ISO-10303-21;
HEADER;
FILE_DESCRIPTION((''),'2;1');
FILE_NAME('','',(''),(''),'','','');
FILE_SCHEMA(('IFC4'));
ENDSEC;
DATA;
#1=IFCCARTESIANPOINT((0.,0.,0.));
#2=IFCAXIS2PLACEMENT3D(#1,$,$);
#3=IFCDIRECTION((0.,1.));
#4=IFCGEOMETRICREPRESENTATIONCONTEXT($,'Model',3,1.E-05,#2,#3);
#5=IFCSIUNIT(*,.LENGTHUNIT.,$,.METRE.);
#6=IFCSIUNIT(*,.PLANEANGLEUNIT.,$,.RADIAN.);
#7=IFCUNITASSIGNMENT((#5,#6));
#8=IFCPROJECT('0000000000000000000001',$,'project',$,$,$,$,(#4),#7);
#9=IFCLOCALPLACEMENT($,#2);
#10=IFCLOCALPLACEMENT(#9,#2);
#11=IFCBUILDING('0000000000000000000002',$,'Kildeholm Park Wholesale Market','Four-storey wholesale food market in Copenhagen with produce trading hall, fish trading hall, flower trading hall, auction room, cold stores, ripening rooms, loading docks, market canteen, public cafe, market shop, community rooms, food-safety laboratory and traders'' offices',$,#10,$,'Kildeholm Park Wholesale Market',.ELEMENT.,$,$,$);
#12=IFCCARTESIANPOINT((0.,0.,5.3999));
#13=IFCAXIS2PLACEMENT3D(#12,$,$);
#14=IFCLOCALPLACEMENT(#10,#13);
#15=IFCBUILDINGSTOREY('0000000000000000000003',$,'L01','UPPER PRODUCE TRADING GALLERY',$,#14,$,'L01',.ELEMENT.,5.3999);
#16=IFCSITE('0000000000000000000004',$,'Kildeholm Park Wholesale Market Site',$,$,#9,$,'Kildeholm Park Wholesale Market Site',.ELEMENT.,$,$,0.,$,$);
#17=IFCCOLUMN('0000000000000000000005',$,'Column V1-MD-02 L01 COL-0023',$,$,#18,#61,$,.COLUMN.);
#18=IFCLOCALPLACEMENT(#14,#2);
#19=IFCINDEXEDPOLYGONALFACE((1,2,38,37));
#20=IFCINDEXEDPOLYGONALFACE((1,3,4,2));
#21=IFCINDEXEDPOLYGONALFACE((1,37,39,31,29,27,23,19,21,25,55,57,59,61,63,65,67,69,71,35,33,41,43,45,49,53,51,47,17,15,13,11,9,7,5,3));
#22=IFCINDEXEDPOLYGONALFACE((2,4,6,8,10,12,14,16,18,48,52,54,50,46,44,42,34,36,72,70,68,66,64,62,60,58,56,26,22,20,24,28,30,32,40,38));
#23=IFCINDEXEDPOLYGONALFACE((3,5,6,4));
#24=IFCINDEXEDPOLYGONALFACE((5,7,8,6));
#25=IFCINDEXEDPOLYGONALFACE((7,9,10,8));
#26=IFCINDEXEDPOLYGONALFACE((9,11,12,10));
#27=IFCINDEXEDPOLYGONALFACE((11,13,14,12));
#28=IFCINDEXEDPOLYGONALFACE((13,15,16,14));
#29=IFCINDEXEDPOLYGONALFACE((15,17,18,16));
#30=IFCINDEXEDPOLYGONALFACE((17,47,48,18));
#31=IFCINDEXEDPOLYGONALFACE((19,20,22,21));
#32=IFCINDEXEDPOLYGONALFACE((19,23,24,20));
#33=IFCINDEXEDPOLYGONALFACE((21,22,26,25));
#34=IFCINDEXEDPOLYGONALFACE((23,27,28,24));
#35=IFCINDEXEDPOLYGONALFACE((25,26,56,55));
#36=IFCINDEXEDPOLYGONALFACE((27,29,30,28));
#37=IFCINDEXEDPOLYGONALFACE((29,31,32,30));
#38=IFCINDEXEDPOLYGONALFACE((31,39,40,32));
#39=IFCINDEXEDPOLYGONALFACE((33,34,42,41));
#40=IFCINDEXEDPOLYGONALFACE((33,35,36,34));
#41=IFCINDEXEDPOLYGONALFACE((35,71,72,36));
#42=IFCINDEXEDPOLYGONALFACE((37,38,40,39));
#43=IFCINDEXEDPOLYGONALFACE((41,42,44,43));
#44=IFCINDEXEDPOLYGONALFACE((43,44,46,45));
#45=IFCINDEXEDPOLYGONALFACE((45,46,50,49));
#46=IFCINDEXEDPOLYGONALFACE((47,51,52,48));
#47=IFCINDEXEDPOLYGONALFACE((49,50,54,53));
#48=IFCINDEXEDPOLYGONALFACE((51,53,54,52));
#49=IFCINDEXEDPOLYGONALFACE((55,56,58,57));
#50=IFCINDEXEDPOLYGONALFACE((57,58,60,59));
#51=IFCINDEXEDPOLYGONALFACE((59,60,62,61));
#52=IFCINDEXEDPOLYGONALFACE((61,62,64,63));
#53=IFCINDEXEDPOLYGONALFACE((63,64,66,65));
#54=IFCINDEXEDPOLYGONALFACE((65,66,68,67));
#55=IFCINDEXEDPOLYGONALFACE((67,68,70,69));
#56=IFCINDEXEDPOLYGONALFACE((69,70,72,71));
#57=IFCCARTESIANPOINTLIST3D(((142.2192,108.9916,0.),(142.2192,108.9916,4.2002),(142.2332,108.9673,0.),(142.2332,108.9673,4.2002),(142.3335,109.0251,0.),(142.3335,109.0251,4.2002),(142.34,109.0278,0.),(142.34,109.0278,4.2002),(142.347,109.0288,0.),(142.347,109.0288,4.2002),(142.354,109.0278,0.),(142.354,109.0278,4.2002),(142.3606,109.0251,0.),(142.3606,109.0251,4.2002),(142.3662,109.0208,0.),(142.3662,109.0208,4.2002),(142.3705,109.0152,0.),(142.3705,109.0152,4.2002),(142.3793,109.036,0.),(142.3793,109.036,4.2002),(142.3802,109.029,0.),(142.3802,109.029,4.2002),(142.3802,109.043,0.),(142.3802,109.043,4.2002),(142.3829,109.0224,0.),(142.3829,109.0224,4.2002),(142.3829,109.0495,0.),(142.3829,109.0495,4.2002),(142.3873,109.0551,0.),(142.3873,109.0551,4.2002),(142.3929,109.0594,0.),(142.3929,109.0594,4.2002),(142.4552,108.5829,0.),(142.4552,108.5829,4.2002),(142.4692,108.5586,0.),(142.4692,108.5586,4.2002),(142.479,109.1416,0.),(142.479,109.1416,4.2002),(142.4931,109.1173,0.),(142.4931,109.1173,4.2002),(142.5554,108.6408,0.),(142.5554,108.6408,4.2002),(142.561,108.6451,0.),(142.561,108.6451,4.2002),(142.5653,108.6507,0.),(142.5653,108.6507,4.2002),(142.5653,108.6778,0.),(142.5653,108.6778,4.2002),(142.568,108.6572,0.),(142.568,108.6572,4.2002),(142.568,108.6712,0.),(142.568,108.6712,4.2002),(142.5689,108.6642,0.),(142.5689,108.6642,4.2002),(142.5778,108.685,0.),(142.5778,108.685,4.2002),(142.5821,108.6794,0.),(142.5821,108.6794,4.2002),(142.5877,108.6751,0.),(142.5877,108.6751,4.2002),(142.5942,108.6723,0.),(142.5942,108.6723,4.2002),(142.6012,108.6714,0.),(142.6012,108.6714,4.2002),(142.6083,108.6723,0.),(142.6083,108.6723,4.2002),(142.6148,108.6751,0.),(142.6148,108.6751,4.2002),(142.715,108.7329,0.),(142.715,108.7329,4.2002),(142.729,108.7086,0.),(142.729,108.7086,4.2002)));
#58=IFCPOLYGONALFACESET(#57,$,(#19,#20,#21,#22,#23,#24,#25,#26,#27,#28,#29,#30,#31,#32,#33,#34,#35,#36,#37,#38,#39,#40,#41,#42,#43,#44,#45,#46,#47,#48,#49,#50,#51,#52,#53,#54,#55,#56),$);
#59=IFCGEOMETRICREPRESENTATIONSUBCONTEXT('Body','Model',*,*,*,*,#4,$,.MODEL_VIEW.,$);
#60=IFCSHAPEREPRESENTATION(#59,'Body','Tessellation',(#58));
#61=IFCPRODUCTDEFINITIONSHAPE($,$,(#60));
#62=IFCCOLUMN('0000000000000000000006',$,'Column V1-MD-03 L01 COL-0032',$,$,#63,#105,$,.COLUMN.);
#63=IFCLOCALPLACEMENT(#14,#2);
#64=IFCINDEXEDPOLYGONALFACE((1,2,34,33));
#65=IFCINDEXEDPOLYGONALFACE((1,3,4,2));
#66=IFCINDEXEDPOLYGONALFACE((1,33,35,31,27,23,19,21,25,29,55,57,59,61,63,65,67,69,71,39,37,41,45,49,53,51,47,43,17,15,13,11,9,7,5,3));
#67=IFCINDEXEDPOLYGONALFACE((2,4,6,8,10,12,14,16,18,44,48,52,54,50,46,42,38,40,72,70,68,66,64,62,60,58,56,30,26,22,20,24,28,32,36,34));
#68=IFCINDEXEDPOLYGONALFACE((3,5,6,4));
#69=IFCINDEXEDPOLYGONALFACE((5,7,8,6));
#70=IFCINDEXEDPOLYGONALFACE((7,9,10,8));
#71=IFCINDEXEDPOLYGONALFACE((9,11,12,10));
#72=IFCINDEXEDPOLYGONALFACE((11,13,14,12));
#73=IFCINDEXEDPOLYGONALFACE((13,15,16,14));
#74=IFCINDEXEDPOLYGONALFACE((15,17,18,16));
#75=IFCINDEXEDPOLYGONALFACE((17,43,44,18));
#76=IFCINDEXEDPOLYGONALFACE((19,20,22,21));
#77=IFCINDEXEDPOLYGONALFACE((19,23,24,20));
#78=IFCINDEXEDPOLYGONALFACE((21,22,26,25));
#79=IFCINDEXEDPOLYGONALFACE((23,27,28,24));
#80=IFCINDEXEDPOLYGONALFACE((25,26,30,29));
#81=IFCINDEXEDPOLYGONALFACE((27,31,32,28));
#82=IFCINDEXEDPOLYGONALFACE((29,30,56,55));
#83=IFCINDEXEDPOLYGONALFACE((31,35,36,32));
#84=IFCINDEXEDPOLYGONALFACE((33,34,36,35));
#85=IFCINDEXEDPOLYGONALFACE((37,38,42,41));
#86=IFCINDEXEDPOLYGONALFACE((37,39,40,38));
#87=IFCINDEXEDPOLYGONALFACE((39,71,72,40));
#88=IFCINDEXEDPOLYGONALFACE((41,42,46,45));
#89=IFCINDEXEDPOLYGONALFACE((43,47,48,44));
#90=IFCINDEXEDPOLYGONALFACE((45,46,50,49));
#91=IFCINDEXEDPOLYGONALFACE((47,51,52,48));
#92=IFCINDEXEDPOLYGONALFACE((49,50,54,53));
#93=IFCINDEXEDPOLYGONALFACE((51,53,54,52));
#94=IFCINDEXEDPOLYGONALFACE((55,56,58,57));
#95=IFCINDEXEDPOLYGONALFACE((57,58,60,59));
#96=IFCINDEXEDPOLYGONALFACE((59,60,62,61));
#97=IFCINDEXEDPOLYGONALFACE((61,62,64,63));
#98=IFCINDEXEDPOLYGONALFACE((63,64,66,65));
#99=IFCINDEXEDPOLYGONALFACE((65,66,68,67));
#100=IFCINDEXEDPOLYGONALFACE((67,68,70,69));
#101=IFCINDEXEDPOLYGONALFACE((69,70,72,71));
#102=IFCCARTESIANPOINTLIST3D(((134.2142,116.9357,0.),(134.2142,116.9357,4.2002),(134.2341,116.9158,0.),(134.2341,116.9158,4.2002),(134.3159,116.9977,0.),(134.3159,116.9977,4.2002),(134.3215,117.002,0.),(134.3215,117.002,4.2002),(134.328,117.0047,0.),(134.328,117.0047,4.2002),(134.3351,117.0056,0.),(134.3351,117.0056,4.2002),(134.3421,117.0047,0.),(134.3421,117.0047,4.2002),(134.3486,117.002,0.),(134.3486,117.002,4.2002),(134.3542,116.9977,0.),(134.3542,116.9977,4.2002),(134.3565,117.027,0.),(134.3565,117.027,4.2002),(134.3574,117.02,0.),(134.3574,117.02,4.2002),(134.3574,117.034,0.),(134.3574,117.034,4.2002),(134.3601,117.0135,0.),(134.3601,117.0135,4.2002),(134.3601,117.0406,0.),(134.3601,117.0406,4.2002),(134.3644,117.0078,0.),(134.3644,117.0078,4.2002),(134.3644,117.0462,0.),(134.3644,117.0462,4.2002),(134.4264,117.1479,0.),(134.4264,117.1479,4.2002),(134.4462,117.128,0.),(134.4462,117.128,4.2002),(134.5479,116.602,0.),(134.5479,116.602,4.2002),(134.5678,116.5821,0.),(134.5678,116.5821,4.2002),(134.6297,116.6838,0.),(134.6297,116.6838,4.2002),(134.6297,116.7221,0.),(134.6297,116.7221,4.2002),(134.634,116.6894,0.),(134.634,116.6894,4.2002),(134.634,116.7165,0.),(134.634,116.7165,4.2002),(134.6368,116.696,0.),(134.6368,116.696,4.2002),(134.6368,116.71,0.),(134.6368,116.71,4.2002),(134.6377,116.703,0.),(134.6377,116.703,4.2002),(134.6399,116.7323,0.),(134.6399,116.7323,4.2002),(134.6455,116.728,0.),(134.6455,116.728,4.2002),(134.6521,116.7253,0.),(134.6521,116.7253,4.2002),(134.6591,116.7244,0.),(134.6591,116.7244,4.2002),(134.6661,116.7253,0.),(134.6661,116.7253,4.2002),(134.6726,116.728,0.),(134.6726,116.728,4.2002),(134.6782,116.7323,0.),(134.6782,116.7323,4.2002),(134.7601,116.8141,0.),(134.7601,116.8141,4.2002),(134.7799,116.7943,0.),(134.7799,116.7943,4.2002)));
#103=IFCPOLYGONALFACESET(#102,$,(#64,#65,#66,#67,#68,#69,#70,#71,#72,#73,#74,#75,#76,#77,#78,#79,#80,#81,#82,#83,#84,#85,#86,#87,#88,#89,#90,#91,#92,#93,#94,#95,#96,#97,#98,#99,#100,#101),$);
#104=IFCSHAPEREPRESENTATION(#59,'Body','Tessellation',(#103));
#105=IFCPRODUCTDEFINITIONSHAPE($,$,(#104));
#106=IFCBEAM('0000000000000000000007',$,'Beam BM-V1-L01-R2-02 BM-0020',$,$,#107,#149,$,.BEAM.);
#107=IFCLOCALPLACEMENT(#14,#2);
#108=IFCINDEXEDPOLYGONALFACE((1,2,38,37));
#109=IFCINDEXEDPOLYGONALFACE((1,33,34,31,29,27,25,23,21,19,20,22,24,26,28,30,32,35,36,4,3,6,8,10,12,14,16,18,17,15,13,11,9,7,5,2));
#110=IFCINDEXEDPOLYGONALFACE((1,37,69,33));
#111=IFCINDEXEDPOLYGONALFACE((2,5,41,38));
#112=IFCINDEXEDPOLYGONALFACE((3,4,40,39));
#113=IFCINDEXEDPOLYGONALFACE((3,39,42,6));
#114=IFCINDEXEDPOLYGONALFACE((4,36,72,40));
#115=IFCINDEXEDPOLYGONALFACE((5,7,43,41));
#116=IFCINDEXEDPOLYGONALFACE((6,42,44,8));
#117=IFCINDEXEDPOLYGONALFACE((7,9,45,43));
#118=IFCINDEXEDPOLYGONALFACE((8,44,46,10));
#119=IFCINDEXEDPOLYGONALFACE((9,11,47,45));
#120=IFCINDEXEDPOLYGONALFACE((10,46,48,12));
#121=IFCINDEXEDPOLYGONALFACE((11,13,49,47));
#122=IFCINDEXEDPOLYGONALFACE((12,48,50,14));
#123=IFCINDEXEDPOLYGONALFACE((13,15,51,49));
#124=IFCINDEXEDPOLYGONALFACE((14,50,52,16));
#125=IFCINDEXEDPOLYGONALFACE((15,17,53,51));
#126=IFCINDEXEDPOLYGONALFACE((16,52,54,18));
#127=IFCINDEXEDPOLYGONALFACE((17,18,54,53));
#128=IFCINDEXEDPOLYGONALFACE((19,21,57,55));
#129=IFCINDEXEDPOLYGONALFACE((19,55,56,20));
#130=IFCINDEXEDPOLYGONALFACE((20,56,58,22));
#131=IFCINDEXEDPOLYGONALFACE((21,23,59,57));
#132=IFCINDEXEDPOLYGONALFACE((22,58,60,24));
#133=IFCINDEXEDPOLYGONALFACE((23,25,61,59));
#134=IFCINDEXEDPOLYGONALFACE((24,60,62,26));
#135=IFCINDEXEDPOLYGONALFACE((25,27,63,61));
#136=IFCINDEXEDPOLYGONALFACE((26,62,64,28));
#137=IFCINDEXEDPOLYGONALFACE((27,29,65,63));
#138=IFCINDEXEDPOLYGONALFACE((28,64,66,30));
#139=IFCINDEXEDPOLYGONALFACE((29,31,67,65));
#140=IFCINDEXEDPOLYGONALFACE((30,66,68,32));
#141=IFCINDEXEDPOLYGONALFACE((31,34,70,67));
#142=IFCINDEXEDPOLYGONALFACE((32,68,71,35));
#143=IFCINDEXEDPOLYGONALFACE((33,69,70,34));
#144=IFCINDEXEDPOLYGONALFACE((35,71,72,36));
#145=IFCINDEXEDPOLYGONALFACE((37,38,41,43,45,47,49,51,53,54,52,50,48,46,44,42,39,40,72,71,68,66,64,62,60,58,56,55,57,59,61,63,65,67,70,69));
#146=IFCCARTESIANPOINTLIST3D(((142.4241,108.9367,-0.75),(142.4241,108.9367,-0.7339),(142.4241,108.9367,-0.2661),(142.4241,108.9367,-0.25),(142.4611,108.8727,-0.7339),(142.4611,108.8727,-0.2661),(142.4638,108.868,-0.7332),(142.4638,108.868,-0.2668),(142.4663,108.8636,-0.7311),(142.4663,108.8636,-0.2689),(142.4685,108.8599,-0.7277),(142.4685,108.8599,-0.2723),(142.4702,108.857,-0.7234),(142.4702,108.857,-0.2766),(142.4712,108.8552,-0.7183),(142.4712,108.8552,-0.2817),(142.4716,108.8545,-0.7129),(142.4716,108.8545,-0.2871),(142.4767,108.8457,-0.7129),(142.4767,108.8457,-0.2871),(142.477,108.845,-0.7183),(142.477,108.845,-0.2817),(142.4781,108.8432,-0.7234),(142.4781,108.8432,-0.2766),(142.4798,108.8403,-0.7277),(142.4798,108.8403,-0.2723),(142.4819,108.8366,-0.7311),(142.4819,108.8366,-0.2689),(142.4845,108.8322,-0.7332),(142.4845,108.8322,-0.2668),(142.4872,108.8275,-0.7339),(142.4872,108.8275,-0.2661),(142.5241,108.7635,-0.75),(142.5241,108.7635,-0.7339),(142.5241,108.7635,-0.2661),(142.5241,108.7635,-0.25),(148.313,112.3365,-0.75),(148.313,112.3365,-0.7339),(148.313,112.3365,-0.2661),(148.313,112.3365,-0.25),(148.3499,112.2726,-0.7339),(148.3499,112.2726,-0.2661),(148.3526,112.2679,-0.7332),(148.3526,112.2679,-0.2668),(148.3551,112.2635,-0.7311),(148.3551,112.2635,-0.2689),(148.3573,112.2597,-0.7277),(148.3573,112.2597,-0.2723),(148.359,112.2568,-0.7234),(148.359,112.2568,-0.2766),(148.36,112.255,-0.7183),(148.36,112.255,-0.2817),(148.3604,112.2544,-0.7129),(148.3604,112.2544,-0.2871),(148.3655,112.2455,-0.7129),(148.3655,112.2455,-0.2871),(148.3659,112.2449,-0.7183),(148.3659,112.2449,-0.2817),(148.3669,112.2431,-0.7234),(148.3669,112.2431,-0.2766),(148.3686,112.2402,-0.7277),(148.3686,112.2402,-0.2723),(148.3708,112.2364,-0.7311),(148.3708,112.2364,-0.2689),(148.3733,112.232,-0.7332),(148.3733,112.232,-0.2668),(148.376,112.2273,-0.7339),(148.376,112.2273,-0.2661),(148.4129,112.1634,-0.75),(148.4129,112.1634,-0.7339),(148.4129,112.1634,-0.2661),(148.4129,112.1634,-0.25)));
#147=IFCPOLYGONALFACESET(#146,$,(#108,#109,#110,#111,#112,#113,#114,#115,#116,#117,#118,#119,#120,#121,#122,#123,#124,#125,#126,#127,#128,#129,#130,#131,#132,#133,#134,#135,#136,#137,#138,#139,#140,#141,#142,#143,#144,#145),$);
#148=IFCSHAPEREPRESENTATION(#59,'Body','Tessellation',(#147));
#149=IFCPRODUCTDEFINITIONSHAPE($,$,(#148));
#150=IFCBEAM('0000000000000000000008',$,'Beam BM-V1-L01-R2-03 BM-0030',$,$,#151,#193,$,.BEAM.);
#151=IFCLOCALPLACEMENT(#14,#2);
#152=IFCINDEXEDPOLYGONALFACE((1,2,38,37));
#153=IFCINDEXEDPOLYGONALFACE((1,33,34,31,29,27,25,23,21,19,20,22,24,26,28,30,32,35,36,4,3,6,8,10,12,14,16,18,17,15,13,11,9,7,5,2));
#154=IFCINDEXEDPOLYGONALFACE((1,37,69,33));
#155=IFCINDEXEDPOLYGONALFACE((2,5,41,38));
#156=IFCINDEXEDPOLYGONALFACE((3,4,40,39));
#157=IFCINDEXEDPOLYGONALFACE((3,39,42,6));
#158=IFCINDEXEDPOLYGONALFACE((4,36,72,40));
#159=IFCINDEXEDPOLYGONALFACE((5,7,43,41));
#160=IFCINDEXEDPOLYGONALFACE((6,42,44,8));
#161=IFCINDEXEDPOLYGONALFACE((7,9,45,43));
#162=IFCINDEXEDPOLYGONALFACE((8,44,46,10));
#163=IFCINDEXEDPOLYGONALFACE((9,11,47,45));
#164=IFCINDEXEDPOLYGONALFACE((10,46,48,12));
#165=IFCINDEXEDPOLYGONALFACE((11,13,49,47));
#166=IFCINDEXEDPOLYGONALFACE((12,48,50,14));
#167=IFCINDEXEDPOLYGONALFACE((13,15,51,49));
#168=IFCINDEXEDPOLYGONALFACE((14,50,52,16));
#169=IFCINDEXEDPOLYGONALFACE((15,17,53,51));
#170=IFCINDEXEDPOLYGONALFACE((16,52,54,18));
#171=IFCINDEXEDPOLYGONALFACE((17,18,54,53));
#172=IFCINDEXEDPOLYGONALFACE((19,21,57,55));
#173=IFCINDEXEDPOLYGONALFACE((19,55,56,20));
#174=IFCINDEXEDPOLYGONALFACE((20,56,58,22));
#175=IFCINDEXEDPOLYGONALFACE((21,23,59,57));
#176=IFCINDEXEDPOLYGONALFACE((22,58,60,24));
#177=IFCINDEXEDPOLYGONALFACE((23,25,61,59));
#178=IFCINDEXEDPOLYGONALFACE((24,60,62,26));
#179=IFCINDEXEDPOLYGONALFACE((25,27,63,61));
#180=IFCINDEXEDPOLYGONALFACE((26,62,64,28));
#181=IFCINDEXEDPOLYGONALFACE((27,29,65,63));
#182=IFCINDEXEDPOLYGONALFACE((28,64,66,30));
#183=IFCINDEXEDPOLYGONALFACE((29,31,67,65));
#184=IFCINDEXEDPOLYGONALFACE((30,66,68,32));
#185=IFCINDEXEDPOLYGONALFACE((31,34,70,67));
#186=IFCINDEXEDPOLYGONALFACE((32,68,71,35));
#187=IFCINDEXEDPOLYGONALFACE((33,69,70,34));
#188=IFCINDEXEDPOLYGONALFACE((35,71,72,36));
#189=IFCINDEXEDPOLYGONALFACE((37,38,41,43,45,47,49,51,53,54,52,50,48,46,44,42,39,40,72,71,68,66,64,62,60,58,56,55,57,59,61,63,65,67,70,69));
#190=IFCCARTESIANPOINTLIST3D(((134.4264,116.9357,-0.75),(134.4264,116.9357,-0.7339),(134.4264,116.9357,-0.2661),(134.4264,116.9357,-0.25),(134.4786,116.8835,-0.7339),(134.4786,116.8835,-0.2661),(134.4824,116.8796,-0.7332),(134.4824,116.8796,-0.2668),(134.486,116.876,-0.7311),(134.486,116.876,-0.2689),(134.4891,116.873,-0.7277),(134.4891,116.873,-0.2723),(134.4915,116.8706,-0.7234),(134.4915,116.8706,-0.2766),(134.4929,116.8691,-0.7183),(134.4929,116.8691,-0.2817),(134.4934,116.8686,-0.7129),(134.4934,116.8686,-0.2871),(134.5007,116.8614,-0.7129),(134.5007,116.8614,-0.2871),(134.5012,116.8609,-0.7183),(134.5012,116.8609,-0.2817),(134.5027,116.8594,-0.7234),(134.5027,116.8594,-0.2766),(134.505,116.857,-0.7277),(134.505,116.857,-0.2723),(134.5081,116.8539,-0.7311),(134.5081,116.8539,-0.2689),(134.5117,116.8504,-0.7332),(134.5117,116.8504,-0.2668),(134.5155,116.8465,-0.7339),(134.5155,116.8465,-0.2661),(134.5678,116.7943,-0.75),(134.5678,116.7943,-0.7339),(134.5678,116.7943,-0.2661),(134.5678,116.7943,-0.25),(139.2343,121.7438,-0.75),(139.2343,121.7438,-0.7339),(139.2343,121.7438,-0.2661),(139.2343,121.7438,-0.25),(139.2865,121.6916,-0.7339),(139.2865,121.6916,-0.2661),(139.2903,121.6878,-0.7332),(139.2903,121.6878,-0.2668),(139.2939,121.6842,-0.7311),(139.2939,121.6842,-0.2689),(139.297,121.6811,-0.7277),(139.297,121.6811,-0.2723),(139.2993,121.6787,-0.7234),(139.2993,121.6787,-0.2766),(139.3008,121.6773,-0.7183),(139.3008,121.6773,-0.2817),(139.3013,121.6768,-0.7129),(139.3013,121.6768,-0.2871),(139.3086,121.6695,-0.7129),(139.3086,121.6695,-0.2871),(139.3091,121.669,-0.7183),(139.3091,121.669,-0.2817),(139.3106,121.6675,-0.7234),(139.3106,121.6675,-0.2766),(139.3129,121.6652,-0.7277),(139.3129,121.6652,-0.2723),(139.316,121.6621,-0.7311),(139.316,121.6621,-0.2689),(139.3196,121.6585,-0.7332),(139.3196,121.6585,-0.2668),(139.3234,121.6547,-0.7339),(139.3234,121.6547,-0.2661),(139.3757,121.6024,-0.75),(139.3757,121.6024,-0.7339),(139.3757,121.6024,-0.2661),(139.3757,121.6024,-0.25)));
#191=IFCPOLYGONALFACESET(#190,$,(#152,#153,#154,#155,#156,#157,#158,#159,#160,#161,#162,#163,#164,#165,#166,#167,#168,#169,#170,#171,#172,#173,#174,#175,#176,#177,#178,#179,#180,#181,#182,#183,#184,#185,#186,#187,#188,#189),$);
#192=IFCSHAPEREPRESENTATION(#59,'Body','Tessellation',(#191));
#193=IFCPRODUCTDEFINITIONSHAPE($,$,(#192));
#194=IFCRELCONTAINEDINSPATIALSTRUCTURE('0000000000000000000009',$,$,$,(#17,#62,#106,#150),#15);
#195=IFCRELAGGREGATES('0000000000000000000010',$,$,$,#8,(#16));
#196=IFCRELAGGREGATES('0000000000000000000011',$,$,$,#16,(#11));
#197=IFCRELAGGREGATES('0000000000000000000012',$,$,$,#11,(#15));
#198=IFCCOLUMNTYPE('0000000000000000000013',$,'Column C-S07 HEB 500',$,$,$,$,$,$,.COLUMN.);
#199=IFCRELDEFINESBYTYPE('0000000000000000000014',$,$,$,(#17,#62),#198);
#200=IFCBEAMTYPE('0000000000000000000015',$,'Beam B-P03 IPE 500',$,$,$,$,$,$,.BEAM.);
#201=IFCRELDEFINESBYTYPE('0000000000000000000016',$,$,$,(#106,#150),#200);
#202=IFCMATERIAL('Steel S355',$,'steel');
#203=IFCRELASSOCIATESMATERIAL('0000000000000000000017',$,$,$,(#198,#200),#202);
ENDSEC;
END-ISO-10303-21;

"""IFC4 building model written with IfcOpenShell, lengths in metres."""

from ifc_helpers import new_model, si_unit, direction, frame, origin, origin_2d, place, context, subcontext, project, spatial, i_section, extrude, material, material_profile, profile_set, type_object, element, save


model = new_model("IFC4")

# Units and contexts
model_context = context("Model", 3, precision=1e-05, world=origin(), true_north=direction((0.0, 1.0)))
body_context = subcontext(model_context, "Body", "Model", "MODEL_VIEW")
ifc_project = project(units=[si_unit("LENGTHUNIT", "METRE"), si_unit("PLANEANGLEUNIT", "RADIAN")], contexts=[model_context])

# Site, building, storey
site_placement = place(None, origin())
site = spatial("IfcSite", under=ifc_project, at=site_placement, Name="Kildeholm Park Wholesale Market Site", LongName="Kildeholm Park Wholesale Market Site", CompositionType="ELEMENT", RefElevation=0.0)
building_placement = place(site_placement, origin())
building = spatial("IfcBuilding", under=site, at=building_placement, Name="Kildeholm Park Wholesale Market", Description="Four-storey wholesale food market in Copenhagen with produce trading hall, fish trading hall, flower trading hall, auction room, cold stores, ripening rooms, loading docks, market canteen, public cafe, market shop, community rooms, food-safety laboratory and traders' offices", LongName="Kildeholm Park Wholesale Market", CompositionType="ELEMENT")
storey_placement = place(building_placement, frame((0.0, 0.0, 5.3999)))
storey = spatial("IfcBuildingStorey", under=building, at=storey_placement, Name="L01", Description="UPPER PRODUCE TRADING GALLERY", LongName="L01", CompositionType="ELEMENT", Elevation=5.3999)

# Columns
ifc_material_1 = material(Name="Steel S355", Category="steel")
ifc_material_profile_1 = material_profile(ifc_material_1, i_section(OverallWidth=0.3, OverallDepth=0.5, WebThickness=0.0144, FlangeThickness=0.0281, FilletRadius=0.0271, at=origin_2d()), Name="HEB 500")
ifc_profile_set_1 = profile_set([ifc_material_profile_1], Name="Steel S355")
column_type = type_object("IfcColumnType", Name="Column C-S07 HEB 500", PredefinedType="COLUMN", material=ifc_profile_set_1)
for number, where, z_axis, x_axis, name in (
    (1, (142.4741, 108.8501, 0.0), (0.0, 0.0, 1.0), (0.866025, 0.5, 0.0), "Column V1-MD-02 L01 COL-0023"),
    (2, (134.4971, 116.865, 0.0), (0.0, 0.0, 1.0), (0.707107, 0.707107, 0.0), "Column V1-MD-03 L01 COL-0032"),
):
    element("IfcColumn", number, at=place(storey_placement, frame(where, z_axis=z_axis, x_axis=x_axis)), inside=storey, type_object=column_type, Name=name, PredefinedType="COLUMN", context=body_context, shape_type="SweptSolid", body=[
        extrude(i_section(OverallWidth=0.3, OverallDepth=0.5, WebThickness=0.0144, FlangeThickness=0.0281, FilletRadius=0.0271, at=origin_2d()), origin(), (0.0, 0.0, 1.0), 4.2002),
    ])

# Beams
ifc_material_profile_2 = material_profile(ifc_material_1, i_section(OverallWidth=0.2, OverallDepth=0.5, WebThickness=0.0103, FlangeThickness=0.0161, FilletRadius=0.021, at=origin_2d()), Name="IPE 500")
ifc_profile_set_2 = profile_set([ifc_material_profile_2], Name="Steel S355")
beam_type_1 = type_object("IfcBeamType", Name="Beam B-P03 IPE 500", PredefinedType="BEAM", material=ifc_profile_set_2)
beam_1_placement = place(storey_placement, frame((142.4741, 108.8501, -0.5), z_axis=(0.86603, 0.499993, 0.0), x_axis=(-0.499993, 0.86603, 0.0)))
element("IfcBeam", 3, at=beam_1_placement, inside=storey, type_object=beam_type_1, Name="Beam BM-V1-L01-R2-02 BM-0020", PredefinedType="BEAM", context=body_context, shape_type="SweptSolid", body=[
    extrude(i_section(OverallWidth=0.2, OverallDepth=0.5, WebThickness=0.0103, FlangeThickness=0.0161, FilletRadius=0.021, at=origin_2d()), origin(), (0.0, 0.0, 1.0), 6.7998),
])
beam_2_placement = place(storey_placement, frame((134.4971, 116.865, -0.5), z_axis=(0.707089, 0.707125, 0.0), x_axis=(-0.707125, 0.707089, 0.0)))
element("IfcBeam", 4, at=beam_2_placement, inside=storey, type_object=beam_type_1, Name="Beam BM-V1-L01-R2-03 BM-0030", PredefinedType="BEAM", context=body_context, shape_type="SweptSolid", body=[
    extrude(i_section(OverallWidth=0.2, OverallDepth=0.5, WebThickness=0.0103, FlangeThickness=0.0161, FilletRadius=0.021, at=origin_2d()), origin(), (0.0, 0.0, 1.0), 6.7996),
])

save(model, "model.ifc")
